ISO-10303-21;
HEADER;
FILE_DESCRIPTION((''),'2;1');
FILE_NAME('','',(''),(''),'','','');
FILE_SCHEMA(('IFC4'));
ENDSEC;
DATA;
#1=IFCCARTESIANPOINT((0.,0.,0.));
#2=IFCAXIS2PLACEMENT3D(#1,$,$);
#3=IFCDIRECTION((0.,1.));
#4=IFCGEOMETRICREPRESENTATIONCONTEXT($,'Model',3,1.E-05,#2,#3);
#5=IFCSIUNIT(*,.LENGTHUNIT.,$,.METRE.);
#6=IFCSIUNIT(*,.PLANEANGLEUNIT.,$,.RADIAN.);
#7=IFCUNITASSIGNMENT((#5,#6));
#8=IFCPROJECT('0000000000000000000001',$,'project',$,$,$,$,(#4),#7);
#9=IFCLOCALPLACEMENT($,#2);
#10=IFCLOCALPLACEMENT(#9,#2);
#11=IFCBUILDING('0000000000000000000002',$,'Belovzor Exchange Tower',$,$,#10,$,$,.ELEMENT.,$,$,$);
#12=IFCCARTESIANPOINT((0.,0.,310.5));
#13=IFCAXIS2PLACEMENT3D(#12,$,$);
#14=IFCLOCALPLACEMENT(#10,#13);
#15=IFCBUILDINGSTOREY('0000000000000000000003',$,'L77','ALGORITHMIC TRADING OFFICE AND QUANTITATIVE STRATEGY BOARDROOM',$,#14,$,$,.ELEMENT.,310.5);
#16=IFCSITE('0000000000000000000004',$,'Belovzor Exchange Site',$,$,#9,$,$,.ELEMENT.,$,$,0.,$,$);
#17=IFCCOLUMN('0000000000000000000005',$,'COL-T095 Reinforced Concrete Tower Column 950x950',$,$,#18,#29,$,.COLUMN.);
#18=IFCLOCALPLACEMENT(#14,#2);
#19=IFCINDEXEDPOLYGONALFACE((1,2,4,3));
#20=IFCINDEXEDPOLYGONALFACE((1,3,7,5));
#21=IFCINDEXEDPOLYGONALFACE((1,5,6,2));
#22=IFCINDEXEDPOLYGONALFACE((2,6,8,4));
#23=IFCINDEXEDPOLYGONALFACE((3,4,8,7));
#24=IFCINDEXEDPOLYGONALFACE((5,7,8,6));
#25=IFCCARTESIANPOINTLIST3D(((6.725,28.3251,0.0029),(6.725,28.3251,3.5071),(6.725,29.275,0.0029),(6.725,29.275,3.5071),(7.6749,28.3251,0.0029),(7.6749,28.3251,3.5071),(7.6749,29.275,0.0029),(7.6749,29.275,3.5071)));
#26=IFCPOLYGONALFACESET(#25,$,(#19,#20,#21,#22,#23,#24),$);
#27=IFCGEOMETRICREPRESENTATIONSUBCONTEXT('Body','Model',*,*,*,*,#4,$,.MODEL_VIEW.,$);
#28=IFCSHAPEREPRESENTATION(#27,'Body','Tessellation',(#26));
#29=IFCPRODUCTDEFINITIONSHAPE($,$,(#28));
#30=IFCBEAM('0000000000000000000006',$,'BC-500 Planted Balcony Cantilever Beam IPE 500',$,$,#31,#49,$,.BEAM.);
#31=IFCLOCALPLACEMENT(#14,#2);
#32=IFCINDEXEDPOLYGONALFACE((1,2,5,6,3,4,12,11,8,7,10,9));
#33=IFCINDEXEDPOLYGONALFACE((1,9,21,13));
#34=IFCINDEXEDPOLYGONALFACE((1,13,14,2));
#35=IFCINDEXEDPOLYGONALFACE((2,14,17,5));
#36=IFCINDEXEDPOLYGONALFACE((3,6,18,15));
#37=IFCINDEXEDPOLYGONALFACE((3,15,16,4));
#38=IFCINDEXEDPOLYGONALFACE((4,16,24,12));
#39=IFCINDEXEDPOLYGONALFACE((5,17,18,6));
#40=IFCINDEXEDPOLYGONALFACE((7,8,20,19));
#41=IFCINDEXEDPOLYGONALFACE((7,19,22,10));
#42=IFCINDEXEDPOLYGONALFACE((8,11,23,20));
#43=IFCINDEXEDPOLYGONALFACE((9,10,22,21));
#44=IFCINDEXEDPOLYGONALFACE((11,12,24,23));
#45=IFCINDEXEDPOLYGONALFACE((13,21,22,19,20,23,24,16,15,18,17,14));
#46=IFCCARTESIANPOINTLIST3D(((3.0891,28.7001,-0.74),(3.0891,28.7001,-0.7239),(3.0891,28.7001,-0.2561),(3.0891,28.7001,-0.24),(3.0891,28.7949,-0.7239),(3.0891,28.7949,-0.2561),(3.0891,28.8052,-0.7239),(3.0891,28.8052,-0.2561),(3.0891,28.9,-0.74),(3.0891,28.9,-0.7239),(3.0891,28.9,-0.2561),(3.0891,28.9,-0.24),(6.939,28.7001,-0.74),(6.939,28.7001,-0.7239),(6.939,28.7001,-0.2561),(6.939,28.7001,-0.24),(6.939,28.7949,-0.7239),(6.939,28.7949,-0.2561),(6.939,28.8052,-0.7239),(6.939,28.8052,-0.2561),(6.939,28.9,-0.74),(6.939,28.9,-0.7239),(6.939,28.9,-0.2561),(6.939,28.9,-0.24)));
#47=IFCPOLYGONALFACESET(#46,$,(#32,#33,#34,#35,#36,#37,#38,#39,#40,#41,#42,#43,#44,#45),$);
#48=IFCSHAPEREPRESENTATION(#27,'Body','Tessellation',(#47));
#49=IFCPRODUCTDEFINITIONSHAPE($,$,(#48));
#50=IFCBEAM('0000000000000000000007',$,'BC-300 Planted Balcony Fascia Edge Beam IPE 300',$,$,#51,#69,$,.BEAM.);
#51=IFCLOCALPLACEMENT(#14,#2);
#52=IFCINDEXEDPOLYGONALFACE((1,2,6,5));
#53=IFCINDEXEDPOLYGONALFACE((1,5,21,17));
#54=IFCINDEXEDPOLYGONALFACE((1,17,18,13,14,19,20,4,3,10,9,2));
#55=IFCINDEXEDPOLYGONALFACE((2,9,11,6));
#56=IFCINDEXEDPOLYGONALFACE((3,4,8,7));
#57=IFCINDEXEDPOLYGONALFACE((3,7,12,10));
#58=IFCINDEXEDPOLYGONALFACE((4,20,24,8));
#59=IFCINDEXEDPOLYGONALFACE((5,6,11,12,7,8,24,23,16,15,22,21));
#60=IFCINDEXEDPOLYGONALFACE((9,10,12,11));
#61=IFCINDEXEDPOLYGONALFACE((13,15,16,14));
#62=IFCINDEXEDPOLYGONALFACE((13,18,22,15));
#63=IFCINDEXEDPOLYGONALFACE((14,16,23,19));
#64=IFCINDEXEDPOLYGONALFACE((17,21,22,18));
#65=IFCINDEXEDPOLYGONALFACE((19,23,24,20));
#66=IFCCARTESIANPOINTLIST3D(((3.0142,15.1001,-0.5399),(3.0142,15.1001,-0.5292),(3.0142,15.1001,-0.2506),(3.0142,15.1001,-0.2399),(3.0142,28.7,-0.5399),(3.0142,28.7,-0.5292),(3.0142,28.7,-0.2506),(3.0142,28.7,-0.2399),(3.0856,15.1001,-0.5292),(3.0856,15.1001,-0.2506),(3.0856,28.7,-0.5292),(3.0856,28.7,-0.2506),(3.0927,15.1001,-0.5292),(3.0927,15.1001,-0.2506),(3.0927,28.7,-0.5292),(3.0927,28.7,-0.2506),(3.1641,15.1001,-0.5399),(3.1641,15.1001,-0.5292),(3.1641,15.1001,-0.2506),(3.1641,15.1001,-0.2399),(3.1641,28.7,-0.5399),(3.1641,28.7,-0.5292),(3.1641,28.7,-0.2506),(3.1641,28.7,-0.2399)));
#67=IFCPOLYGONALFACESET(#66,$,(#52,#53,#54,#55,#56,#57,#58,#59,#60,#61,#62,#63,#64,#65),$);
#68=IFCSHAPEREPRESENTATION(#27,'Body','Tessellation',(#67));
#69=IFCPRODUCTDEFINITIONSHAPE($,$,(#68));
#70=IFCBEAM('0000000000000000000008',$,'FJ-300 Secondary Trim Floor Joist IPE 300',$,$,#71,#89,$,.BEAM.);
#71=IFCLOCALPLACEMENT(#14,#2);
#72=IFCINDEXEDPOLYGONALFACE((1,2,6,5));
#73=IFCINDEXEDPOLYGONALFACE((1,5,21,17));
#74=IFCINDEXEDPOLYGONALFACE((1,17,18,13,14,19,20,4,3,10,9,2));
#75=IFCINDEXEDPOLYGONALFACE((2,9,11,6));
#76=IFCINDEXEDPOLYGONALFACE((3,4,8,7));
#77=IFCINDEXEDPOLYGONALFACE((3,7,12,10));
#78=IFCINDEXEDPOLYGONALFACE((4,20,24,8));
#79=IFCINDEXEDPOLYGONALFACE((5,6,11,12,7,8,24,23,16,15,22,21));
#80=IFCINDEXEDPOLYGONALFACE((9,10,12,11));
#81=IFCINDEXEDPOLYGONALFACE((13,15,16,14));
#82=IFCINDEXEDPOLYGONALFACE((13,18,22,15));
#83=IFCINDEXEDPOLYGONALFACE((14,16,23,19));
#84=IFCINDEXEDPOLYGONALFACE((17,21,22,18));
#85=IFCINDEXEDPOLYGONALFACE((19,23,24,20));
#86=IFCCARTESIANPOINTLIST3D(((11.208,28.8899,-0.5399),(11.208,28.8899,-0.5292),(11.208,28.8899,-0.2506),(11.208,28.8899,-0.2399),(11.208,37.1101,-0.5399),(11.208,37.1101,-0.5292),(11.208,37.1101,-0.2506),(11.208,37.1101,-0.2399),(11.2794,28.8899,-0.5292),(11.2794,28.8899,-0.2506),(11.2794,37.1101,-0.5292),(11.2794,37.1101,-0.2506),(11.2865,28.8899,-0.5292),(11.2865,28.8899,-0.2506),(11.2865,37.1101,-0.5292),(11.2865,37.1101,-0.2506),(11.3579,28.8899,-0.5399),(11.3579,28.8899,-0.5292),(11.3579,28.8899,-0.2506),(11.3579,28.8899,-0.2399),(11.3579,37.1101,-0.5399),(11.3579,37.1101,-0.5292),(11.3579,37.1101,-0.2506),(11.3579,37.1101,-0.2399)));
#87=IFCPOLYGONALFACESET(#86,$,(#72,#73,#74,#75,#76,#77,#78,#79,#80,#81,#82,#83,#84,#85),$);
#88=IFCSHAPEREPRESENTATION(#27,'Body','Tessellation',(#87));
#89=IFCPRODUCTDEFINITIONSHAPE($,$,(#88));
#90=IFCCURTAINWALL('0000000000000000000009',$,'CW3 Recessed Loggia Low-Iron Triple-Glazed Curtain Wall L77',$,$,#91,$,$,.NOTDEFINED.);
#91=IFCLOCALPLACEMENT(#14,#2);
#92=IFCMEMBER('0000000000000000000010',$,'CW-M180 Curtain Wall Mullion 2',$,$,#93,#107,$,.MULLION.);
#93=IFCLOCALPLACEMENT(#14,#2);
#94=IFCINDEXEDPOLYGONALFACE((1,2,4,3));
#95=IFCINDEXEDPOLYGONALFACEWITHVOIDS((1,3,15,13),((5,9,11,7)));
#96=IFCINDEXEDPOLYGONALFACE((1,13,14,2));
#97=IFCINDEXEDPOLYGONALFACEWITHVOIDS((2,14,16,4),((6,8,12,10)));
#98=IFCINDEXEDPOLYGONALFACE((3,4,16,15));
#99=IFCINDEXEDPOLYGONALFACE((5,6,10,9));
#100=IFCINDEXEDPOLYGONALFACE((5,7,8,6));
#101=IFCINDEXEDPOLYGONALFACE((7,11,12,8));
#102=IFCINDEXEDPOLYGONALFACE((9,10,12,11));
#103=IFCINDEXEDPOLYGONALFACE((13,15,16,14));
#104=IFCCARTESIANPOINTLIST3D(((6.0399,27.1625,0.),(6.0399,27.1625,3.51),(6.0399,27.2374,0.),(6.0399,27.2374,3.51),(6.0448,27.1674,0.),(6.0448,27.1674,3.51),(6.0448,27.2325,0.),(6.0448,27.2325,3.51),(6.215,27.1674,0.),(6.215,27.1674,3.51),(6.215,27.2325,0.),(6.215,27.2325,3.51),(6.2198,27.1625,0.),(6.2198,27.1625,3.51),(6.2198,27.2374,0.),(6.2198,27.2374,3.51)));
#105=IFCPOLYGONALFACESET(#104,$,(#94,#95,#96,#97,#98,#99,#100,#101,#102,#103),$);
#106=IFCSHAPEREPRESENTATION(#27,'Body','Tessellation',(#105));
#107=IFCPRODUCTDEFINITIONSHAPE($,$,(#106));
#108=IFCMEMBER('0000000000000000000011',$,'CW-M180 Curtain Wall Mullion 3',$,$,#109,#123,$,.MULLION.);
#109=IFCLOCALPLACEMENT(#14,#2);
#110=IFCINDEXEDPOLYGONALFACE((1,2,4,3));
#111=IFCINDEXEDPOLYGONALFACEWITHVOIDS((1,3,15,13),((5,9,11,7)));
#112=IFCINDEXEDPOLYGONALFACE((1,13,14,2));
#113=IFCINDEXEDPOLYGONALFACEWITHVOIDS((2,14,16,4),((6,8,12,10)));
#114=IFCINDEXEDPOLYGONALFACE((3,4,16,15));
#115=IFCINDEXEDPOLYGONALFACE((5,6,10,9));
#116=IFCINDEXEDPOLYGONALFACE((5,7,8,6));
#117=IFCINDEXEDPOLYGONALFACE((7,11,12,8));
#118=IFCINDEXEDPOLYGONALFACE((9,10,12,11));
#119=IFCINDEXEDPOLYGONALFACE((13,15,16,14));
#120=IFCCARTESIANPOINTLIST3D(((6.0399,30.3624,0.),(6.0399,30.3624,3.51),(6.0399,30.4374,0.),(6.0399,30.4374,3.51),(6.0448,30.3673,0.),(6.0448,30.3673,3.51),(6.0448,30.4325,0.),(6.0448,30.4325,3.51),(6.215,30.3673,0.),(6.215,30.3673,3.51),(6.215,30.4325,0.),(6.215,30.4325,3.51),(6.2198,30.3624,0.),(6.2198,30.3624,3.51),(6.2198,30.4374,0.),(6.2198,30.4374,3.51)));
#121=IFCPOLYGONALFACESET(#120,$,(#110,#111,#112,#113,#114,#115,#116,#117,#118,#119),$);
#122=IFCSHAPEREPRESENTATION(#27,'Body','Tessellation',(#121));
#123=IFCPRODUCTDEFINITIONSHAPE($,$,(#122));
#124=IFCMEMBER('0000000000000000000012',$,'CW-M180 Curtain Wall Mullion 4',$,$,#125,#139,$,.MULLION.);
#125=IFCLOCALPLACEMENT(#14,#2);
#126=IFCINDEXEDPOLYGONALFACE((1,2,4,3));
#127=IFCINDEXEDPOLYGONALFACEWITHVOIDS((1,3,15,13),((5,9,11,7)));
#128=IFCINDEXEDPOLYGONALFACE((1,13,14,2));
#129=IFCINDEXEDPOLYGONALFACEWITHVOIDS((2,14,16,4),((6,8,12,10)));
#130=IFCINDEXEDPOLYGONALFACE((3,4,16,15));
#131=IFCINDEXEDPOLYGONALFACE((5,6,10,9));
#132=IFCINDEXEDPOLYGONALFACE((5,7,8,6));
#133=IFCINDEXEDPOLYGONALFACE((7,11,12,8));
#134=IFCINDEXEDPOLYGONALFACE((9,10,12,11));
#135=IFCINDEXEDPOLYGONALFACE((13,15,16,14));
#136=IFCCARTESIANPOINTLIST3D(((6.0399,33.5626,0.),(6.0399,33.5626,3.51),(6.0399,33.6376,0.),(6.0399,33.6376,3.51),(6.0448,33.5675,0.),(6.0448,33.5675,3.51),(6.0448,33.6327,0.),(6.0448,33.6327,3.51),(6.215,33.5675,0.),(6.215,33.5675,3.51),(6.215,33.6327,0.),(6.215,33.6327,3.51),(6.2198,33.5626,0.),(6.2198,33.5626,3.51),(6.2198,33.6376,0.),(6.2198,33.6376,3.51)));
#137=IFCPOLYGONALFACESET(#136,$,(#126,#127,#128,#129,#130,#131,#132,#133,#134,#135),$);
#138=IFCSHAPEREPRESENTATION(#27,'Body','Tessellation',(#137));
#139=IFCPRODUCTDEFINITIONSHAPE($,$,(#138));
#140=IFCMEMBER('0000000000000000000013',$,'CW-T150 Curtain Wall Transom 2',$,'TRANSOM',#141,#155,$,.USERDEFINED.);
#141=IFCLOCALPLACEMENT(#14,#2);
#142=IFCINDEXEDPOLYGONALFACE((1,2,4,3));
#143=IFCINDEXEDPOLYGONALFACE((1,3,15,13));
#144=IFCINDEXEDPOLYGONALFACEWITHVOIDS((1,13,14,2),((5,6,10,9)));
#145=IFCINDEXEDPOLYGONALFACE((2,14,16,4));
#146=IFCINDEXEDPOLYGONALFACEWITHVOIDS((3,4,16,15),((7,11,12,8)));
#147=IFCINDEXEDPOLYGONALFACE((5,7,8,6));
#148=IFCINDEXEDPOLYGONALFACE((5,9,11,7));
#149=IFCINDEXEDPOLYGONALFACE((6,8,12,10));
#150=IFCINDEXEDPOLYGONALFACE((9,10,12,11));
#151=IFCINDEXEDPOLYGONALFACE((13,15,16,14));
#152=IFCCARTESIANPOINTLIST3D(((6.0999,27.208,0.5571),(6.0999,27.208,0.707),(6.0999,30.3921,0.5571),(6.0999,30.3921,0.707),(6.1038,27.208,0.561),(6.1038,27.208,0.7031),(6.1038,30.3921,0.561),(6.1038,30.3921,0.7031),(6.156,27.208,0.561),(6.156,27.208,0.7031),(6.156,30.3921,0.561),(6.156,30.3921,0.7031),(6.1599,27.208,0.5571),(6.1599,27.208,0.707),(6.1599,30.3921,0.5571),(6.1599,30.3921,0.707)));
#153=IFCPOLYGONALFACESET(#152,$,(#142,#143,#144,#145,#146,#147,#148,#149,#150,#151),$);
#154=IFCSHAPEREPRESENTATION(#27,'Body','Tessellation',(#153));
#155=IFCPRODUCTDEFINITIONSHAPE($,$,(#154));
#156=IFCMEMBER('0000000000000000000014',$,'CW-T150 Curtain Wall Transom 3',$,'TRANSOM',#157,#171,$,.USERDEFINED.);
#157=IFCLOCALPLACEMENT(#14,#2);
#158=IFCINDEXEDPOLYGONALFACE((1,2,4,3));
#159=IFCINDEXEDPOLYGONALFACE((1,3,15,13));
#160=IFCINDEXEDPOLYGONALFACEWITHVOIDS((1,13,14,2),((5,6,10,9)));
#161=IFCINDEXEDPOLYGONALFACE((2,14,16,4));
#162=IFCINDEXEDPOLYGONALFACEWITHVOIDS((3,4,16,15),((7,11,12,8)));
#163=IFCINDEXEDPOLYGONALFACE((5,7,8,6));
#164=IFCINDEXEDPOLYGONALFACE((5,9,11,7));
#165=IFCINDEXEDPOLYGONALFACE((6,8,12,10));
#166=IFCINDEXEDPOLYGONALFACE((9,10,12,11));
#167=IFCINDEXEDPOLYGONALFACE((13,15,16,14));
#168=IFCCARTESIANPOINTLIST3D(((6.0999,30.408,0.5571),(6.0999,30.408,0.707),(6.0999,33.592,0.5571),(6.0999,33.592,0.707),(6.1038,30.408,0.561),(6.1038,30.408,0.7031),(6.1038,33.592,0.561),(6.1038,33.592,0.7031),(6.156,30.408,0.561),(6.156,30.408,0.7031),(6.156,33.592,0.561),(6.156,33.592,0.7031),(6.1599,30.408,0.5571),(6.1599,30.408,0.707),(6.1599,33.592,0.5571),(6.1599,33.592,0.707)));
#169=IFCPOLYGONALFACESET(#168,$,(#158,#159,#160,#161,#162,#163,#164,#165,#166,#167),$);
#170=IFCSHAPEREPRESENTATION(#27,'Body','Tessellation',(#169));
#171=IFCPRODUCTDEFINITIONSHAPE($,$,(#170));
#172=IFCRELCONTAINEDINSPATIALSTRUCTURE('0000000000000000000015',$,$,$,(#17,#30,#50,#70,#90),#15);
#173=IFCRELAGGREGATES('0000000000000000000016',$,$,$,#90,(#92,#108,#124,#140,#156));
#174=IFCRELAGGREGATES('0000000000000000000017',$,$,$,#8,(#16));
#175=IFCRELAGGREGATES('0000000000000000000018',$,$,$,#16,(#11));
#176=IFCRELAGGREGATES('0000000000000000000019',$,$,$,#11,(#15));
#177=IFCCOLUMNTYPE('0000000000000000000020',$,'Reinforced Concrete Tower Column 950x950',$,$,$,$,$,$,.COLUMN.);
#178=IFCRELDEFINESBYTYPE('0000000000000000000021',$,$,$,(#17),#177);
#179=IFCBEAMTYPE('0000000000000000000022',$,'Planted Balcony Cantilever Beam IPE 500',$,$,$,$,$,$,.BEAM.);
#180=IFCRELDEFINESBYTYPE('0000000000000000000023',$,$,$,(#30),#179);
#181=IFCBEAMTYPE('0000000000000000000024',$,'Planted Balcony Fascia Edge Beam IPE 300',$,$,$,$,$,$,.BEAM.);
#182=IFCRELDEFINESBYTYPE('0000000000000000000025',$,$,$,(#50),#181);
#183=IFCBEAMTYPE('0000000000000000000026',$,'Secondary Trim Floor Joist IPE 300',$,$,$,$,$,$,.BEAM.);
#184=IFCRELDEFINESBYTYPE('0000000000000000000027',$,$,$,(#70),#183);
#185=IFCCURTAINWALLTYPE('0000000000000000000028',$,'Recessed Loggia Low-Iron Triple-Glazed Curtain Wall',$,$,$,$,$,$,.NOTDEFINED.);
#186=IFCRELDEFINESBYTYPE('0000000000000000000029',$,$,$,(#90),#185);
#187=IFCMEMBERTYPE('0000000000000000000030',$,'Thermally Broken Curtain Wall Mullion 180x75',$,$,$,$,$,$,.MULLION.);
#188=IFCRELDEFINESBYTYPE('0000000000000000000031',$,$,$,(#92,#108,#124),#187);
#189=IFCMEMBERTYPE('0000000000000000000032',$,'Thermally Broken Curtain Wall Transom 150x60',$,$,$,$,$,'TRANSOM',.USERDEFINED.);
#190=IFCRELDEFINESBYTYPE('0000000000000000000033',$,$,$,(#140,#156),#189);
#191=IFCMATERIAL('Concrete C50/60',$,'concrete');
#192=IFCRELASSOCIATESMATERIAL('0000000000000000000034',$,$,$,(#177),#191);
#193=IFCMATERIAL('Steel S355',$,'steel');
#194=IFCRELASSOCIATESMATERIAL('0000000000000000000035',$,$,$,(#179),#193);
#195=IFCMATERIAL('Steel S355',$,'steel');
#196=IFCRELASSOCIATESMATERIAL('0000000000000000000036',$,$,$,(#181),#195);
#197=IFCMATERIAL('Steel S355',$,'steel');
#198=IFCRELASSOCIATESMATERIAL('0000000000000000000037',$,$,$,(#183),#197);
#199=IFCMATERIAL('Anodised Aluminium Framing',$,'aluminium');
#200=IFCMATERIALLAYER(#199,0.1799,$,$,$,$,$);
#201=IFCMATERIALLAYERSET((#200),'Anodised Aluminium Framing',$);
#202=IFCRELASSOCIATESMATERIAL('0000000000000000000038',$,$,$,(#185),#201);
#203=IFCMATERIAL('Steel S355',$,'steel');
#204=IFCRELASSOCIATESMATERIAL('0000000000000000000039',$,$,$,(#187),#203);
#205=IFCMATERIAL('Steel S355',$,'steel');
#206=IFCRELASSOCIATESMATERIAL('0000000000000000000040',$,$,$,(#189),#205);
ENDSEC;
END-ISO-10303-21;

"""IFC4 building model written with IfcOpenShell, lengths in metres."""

from ifc_helpers import new_model, si_unit, direction, frame, origin, origin_2d, place, context, subcontext, project, spatial, rectangle, hollow_rectangle, i_section, extrude, material, layer, layer_set, material_profile, profile_set, type_object, element, aggregate, save


model = new_model("IFC4")

# Units and contexts
model_context = context("Model", 3, precision=1e-05, world=origin(), true_north=direction((0.0, 1.0)))
body_context = subcontext(model_context, "Body", "Model", "MODEL_VIEW")
ifc_project = project(units=[si_unit("LENGTHUNIT", "METRE"), si_unit("PLANEANGLEUNIT", "RADIAN")], contexts=[model_context])

# Site, building, storey
site_placement = place(None, origin())
site = spatial("IfcSite", under=ifc_project, at=site_placement, Name="Belovzor Exchange Site", CompositionType="ELEMENT", RefElevation=0.0)
building_placement = place(site_placement, origin())
building = spatial("IfcBuilding", under=site, at=building_placement, Name="Belovzor Exchange Tower", CompositionType="ELEMENT")
storey_placement = place(building_placement, frame((0.0, 0.0, 310.5)))
storey = spatial("IfcBuildingStorey", under=building, at=storey_placement, Name="L77", Description="ALGORITHMIC TRADING OFFICE AND QUANTITATIVE STRATEGY BOARDROOM", CompositionType="ELEMENT", Elevation=310.5)

# Column
ifc_material_1 = material(Name="Concrete C50/60", Category="concrete")
ifc_material_profile_1 = material_profile(ifc_material_1, rectangle(XDim=0.95, YDim=0.95, at=origin_2d()))
ifc_profile_set_1 = profile_set([ifc_material_profile_1], Name="Concrete C50/60")
column_type = type_object("IfcColumnType", Name="Reinforced Concrete Tower Column 950x950", PredefinedType="COLUMN", material=ifc_profile_set_1)
column_placement = place(storey_placement, frame((7.2, 28.8, 0.0029), z_axis=(0.0, 0.0, 1.0), x_axis=(1.0, 0.0, 0.0)))
element("IfcColumn", 1, at=column_placement, inside=storey, type_object=column_type, Name="COL-T095 Reinforced Concrete Tower Column 950x950", PredefinedType="COLUMN", context=body_context, shape_type="SweptSolid", body=[
    extrude(rectangle(XDim=0.95, YDim=0.95, at=origin_2d()), origin(), (0.0, 0.0, 1.0), 3.5042),
])

# Beams
ifc_material_2 = material(Name="Steel S355", Category="steel")
ifc_material_profile_2 = material_profile(ifc_material_2, i_section(OverallWidth=0.2, OverallDepth=0.5, WebThickness=0.0103, FlangeThickness=0.0161, at=origin_2d()))
ifc_profile_set_2 = profile_set([ifc_material_profile_2], Name="Steel S355")
beam_type_1 = type_object("IfcBeamType", Name="Planted Balcony Cantilever Beam IPE 500", PredefinedType="BEAM", material=ifc_profile_set_2)
beam_1_placement = place(storey_placement, frame((6.939, 28.8, -0.49), z_axis=(-1.0, 0.0, 0.0), x_axis=(0.0, -1.0, 0.0)))
element("IfcBeam", 2, at=beam_1_placement, inside=storey, type_object=beam_type_1, Name="BC-500 Planted Balcony Cantilever Beam IPE 500", PredefinedType="BEAM", context=body_context, shape_type="SweptSolid", body=[
    extrude(i_section(OverallWidth=0.2, OverallDepth=0.5, WebThickness=0.0103, FlangeThickness=0.0161, at=origin_2d()), origin(), (0.0, 0.0, 1.0), 3.8499),
])
ifc_material_3 = material(Name="Steel S355", Category="steel")
ifc_material_profile_3 = material_profile(ifc_material_3, i_section(OverallWidth=0.1499, OverallDepth=0.3, WebThickness=0.0071, FlangeThickness=0.0107, at=origin_2d()))
ifc_profile_set_3 = profile_set([ifc_material_profile_3], Name="Steel S355")
beam_type_2 = type_object("IfcBeamType", Name="Planted Balcony Fascia Edge Beam IPE 300", PredefinedType="BEAM", material=ifc_profile_set_3)
beam_2_placement = place(storey_placement, frame((3.0891, 28.7, -0.3899), z_axis=(0.0, -1.0, 0.0), x_axis=(1.0, 0.0, 0.0)))
element("IfcBeam", 3, at=beam_2_placement, inside=storey, type_object=beam_type_2, Name="BC-300 Planted Balcony Fascia Edge Beam IPE 300", PredefinedType="BEAM", context=body_context, shape_type="SweptSolid", body=[
    extrude(i_section(OverallWidth=0.1499, OverallDepth=0.3, WebThickness=0.0071, FlangeThickness=0.0107, at=origin_2d()), origin(), (0.0, 0.0, 1.0), 13.5999),
])
ifc_material_4 = material(Name="Steel S355", Category="steel")
ifc_material_profile_4 = material_profile(ifc_material_4, i_section(OverallWidth=0.1499, OverallDepth=0.3, WebThickness=0.0071, FlangeThickness=0.0107, at=origin_2d()))
ifc_profile_set_4 = profile_set([ifc_material_profile_4], Name="Steel S355")
beam_type_3 = type_object("IfcBeamType", Name="Secondary Trim Floor Joist IPE 300", PredefinedType="BEAM", material=ifc_profile_set_4)
beam_3_placement = place(storey_placement, frame((11.283, 28.8899, -0.3899), z_axis=(0.0, 1.0, 0.0), x_axis=(-1.0, 0.0, 0.0)))
element("IfcBeam", 4, at=beam_3_placement, inside=storey, type_object=beam_type_3, Name="FJ-300 Secondary Trim Floor Joist IPE 300", PredefinedType="BEAM", context=body_context, shape_type="SweptSolid", body=[
    extrude(i_section(OverallWidth=0.1499, OverallDepth=0.3, WebThickness=0.0071, FlangeThickness=0.0107, at=origin_2d()), origin(), (0.0, 0.0, 1.0), 8.2202),
])

# Curtain wall, members
ifc_material_5 = material(Name="Anodised Aluminium Framing", Category="aluminium")
ifc_layer_1 = layer(ifc_material_5, 0.1799)
ifc_layer_set_1 = layer_set([ifc_layer_1], Name="Anodised Aluminium Framing")
curtain_wall_type = type_object("IfcCurtainWallType", Name="Recessed Loggia Low-Iron Triple-Glazed Curtain Wall", PredefinedType="NOTDEFINED", material=ifc_layer_set_1)
curtain_wall_placement = place(storey_placement, origin())
curtain_wall = element("IfcCurtainWall", 5, at=curtain_wall_placement, inside=storey, type_object=curtain_wall_type, Name="CW3 Recessed Loggia Low-Iron Triple-Glazed Curtain Wall L77", PredefinedType="NOTDEFINED")
ifc_material_6 = material(Name="Steel S355", Category="steel")
ifc_material_profile_5 = material_profile(ifc_material_6, hollow_rectangle(XDim=0.075, YDim=0.1799, WallThickness=0.0049, at=origin_2d()))
ifc_profile_set_5 = profile_set([ifc_material_profile_5], Name="Steel S355")
member_type_1 = type_object("IfcMemberType", Name="Thermally Broken Curtain Wall Mullion 180x75", PredefinedType="MULLION", material=ifc_profile_set_5)
member_1_placement = place(storey_placement, frame((6.1299, 27.2, 0.0), z_axis=(0.0, 0.0, 1.0), x_axis=(0.0, 1.0, 0.0)))
member_1 = element("IfcMember", 6, at=member_1_placement, type_object=member_type_1, Name="CW-M180 Curtain Wall Mullion 2", PredefinedType="MULLION", context=body_context, shape_type="SweptSolid", body=[
    extrude(hollow_rectangle(XDim=0.075, YDim=0.1799, WallThickness=0.0049, at=origin_2d()), origin(), (0.0, 0.0, 1.0), 3.51),
])
member_2_placement = place(storey_placement, frame((6.1299, 30.3999, 0.0), z_axis=(0.0, 0.0, 1.0), x_axis=(0.0, 1.0, 0.0)))
member_2 = element("IfcMember", 7, at=member_2_placement, type_object=member_type_1, Name="CW-M180 Curtain Wall Mullion 3", PredefinedType="MULLION", context=body_context, shape_type="SweptSolid", body=[
    extrude(hollow_rectangle(XDim=0.075, YDim=0.1799, WallThickness=0.0049, at=origin_2d()), origin(), (0.0, 0.0, 1.0), 3.51),
])
member_3_placement = place(storey_placement, frame((6.1299, 33.6001, 0.0), z_axis=(0.0, 0.0, 1.0), x_axis=(0.0, 1.0, 0.0)))
member_3 = element("IfcMember", 8, at=member_3_placement, type_object=member_type_1, Name="CW-M180 Curtain Wall Mullion 4", PredefinedType="MULLION", context=body_context, shape_type="SweptSolid", body=[
    extrude(hollow_rectangle(XDim=0.075, YDim=0.1799, WallThickness=0.0049, at=origin_2d()), origin(), (0.0, 0.0, 1.0), 3.51),
])
ifc_material_7 = material(Name="Steel S355", Category="steel")
ifc_material_profile_6 = material_profile(ifc_material_7, hollow_rectangle(XDim=0.0601, YDim=0.1499, WallThickness=0.0039, at=origin_2d()))
ifc_profile_set_6 = profile_set([ifc_material_profile_6], Name="Steel S355")
member_type_2 = type_object("IfcMemberType", Name="Thermally Broken Curtain Wall Transom 150x60", ElementType="TRANSOM", PredefinedType="USERDEFINED", material=ifc_profile_set_6)
member_4_placement = place(storey_placement, frame((6.1299, 27.208, 0.6321), z_axis=(0.0, 1.0, 0.0), x_axis=(-1.0, 0.0, 0.0)))
member_4 = element("IfcMember", 9, at=member_4_placement, type_object=member_type_2, Name="CW-T150 Curtain Wall Transom 2", ObjectType="TRANSOM", PredefinedType="USERDEFINED", context=body_context, shape_type="SweptSolid", body=[
    extrude(hollow_rectangle(XDim=0.0601, YDim=0.1499, WallThickness=0.0039, at=origin_2d()), origin(), (0.0, 0.0, 1.0), 3.1841),
])
member_5_placement = place(storey_placement, frame((6.1299, 30.408, 0.6321), z_axis=(0.0, 1.0, 0.0), x_axis=(-1.0, 0.0, 0.0)))
member_5 = element("IfcMember", 10, at=member_5_placement, type_object=member_type_2, Name="CW-T150 Curtain Wall Transom 3", ObjectType="TRANSOM", PredefinedType="USERDEFINED", context=body_context, shape_type="SweptSolid", body=[
    extrude(hollow_rectangle(XDim=0.0601, YDim=0.1499, WallThickness=0.0039, at=origin_2d()), origin(), (0.0, 0.0, 1.0), 3.1841),
])

aggregate(curtain_wall, [member_1, member_2, member_3, member_4, member_5])

save(model, "model.ifc")
